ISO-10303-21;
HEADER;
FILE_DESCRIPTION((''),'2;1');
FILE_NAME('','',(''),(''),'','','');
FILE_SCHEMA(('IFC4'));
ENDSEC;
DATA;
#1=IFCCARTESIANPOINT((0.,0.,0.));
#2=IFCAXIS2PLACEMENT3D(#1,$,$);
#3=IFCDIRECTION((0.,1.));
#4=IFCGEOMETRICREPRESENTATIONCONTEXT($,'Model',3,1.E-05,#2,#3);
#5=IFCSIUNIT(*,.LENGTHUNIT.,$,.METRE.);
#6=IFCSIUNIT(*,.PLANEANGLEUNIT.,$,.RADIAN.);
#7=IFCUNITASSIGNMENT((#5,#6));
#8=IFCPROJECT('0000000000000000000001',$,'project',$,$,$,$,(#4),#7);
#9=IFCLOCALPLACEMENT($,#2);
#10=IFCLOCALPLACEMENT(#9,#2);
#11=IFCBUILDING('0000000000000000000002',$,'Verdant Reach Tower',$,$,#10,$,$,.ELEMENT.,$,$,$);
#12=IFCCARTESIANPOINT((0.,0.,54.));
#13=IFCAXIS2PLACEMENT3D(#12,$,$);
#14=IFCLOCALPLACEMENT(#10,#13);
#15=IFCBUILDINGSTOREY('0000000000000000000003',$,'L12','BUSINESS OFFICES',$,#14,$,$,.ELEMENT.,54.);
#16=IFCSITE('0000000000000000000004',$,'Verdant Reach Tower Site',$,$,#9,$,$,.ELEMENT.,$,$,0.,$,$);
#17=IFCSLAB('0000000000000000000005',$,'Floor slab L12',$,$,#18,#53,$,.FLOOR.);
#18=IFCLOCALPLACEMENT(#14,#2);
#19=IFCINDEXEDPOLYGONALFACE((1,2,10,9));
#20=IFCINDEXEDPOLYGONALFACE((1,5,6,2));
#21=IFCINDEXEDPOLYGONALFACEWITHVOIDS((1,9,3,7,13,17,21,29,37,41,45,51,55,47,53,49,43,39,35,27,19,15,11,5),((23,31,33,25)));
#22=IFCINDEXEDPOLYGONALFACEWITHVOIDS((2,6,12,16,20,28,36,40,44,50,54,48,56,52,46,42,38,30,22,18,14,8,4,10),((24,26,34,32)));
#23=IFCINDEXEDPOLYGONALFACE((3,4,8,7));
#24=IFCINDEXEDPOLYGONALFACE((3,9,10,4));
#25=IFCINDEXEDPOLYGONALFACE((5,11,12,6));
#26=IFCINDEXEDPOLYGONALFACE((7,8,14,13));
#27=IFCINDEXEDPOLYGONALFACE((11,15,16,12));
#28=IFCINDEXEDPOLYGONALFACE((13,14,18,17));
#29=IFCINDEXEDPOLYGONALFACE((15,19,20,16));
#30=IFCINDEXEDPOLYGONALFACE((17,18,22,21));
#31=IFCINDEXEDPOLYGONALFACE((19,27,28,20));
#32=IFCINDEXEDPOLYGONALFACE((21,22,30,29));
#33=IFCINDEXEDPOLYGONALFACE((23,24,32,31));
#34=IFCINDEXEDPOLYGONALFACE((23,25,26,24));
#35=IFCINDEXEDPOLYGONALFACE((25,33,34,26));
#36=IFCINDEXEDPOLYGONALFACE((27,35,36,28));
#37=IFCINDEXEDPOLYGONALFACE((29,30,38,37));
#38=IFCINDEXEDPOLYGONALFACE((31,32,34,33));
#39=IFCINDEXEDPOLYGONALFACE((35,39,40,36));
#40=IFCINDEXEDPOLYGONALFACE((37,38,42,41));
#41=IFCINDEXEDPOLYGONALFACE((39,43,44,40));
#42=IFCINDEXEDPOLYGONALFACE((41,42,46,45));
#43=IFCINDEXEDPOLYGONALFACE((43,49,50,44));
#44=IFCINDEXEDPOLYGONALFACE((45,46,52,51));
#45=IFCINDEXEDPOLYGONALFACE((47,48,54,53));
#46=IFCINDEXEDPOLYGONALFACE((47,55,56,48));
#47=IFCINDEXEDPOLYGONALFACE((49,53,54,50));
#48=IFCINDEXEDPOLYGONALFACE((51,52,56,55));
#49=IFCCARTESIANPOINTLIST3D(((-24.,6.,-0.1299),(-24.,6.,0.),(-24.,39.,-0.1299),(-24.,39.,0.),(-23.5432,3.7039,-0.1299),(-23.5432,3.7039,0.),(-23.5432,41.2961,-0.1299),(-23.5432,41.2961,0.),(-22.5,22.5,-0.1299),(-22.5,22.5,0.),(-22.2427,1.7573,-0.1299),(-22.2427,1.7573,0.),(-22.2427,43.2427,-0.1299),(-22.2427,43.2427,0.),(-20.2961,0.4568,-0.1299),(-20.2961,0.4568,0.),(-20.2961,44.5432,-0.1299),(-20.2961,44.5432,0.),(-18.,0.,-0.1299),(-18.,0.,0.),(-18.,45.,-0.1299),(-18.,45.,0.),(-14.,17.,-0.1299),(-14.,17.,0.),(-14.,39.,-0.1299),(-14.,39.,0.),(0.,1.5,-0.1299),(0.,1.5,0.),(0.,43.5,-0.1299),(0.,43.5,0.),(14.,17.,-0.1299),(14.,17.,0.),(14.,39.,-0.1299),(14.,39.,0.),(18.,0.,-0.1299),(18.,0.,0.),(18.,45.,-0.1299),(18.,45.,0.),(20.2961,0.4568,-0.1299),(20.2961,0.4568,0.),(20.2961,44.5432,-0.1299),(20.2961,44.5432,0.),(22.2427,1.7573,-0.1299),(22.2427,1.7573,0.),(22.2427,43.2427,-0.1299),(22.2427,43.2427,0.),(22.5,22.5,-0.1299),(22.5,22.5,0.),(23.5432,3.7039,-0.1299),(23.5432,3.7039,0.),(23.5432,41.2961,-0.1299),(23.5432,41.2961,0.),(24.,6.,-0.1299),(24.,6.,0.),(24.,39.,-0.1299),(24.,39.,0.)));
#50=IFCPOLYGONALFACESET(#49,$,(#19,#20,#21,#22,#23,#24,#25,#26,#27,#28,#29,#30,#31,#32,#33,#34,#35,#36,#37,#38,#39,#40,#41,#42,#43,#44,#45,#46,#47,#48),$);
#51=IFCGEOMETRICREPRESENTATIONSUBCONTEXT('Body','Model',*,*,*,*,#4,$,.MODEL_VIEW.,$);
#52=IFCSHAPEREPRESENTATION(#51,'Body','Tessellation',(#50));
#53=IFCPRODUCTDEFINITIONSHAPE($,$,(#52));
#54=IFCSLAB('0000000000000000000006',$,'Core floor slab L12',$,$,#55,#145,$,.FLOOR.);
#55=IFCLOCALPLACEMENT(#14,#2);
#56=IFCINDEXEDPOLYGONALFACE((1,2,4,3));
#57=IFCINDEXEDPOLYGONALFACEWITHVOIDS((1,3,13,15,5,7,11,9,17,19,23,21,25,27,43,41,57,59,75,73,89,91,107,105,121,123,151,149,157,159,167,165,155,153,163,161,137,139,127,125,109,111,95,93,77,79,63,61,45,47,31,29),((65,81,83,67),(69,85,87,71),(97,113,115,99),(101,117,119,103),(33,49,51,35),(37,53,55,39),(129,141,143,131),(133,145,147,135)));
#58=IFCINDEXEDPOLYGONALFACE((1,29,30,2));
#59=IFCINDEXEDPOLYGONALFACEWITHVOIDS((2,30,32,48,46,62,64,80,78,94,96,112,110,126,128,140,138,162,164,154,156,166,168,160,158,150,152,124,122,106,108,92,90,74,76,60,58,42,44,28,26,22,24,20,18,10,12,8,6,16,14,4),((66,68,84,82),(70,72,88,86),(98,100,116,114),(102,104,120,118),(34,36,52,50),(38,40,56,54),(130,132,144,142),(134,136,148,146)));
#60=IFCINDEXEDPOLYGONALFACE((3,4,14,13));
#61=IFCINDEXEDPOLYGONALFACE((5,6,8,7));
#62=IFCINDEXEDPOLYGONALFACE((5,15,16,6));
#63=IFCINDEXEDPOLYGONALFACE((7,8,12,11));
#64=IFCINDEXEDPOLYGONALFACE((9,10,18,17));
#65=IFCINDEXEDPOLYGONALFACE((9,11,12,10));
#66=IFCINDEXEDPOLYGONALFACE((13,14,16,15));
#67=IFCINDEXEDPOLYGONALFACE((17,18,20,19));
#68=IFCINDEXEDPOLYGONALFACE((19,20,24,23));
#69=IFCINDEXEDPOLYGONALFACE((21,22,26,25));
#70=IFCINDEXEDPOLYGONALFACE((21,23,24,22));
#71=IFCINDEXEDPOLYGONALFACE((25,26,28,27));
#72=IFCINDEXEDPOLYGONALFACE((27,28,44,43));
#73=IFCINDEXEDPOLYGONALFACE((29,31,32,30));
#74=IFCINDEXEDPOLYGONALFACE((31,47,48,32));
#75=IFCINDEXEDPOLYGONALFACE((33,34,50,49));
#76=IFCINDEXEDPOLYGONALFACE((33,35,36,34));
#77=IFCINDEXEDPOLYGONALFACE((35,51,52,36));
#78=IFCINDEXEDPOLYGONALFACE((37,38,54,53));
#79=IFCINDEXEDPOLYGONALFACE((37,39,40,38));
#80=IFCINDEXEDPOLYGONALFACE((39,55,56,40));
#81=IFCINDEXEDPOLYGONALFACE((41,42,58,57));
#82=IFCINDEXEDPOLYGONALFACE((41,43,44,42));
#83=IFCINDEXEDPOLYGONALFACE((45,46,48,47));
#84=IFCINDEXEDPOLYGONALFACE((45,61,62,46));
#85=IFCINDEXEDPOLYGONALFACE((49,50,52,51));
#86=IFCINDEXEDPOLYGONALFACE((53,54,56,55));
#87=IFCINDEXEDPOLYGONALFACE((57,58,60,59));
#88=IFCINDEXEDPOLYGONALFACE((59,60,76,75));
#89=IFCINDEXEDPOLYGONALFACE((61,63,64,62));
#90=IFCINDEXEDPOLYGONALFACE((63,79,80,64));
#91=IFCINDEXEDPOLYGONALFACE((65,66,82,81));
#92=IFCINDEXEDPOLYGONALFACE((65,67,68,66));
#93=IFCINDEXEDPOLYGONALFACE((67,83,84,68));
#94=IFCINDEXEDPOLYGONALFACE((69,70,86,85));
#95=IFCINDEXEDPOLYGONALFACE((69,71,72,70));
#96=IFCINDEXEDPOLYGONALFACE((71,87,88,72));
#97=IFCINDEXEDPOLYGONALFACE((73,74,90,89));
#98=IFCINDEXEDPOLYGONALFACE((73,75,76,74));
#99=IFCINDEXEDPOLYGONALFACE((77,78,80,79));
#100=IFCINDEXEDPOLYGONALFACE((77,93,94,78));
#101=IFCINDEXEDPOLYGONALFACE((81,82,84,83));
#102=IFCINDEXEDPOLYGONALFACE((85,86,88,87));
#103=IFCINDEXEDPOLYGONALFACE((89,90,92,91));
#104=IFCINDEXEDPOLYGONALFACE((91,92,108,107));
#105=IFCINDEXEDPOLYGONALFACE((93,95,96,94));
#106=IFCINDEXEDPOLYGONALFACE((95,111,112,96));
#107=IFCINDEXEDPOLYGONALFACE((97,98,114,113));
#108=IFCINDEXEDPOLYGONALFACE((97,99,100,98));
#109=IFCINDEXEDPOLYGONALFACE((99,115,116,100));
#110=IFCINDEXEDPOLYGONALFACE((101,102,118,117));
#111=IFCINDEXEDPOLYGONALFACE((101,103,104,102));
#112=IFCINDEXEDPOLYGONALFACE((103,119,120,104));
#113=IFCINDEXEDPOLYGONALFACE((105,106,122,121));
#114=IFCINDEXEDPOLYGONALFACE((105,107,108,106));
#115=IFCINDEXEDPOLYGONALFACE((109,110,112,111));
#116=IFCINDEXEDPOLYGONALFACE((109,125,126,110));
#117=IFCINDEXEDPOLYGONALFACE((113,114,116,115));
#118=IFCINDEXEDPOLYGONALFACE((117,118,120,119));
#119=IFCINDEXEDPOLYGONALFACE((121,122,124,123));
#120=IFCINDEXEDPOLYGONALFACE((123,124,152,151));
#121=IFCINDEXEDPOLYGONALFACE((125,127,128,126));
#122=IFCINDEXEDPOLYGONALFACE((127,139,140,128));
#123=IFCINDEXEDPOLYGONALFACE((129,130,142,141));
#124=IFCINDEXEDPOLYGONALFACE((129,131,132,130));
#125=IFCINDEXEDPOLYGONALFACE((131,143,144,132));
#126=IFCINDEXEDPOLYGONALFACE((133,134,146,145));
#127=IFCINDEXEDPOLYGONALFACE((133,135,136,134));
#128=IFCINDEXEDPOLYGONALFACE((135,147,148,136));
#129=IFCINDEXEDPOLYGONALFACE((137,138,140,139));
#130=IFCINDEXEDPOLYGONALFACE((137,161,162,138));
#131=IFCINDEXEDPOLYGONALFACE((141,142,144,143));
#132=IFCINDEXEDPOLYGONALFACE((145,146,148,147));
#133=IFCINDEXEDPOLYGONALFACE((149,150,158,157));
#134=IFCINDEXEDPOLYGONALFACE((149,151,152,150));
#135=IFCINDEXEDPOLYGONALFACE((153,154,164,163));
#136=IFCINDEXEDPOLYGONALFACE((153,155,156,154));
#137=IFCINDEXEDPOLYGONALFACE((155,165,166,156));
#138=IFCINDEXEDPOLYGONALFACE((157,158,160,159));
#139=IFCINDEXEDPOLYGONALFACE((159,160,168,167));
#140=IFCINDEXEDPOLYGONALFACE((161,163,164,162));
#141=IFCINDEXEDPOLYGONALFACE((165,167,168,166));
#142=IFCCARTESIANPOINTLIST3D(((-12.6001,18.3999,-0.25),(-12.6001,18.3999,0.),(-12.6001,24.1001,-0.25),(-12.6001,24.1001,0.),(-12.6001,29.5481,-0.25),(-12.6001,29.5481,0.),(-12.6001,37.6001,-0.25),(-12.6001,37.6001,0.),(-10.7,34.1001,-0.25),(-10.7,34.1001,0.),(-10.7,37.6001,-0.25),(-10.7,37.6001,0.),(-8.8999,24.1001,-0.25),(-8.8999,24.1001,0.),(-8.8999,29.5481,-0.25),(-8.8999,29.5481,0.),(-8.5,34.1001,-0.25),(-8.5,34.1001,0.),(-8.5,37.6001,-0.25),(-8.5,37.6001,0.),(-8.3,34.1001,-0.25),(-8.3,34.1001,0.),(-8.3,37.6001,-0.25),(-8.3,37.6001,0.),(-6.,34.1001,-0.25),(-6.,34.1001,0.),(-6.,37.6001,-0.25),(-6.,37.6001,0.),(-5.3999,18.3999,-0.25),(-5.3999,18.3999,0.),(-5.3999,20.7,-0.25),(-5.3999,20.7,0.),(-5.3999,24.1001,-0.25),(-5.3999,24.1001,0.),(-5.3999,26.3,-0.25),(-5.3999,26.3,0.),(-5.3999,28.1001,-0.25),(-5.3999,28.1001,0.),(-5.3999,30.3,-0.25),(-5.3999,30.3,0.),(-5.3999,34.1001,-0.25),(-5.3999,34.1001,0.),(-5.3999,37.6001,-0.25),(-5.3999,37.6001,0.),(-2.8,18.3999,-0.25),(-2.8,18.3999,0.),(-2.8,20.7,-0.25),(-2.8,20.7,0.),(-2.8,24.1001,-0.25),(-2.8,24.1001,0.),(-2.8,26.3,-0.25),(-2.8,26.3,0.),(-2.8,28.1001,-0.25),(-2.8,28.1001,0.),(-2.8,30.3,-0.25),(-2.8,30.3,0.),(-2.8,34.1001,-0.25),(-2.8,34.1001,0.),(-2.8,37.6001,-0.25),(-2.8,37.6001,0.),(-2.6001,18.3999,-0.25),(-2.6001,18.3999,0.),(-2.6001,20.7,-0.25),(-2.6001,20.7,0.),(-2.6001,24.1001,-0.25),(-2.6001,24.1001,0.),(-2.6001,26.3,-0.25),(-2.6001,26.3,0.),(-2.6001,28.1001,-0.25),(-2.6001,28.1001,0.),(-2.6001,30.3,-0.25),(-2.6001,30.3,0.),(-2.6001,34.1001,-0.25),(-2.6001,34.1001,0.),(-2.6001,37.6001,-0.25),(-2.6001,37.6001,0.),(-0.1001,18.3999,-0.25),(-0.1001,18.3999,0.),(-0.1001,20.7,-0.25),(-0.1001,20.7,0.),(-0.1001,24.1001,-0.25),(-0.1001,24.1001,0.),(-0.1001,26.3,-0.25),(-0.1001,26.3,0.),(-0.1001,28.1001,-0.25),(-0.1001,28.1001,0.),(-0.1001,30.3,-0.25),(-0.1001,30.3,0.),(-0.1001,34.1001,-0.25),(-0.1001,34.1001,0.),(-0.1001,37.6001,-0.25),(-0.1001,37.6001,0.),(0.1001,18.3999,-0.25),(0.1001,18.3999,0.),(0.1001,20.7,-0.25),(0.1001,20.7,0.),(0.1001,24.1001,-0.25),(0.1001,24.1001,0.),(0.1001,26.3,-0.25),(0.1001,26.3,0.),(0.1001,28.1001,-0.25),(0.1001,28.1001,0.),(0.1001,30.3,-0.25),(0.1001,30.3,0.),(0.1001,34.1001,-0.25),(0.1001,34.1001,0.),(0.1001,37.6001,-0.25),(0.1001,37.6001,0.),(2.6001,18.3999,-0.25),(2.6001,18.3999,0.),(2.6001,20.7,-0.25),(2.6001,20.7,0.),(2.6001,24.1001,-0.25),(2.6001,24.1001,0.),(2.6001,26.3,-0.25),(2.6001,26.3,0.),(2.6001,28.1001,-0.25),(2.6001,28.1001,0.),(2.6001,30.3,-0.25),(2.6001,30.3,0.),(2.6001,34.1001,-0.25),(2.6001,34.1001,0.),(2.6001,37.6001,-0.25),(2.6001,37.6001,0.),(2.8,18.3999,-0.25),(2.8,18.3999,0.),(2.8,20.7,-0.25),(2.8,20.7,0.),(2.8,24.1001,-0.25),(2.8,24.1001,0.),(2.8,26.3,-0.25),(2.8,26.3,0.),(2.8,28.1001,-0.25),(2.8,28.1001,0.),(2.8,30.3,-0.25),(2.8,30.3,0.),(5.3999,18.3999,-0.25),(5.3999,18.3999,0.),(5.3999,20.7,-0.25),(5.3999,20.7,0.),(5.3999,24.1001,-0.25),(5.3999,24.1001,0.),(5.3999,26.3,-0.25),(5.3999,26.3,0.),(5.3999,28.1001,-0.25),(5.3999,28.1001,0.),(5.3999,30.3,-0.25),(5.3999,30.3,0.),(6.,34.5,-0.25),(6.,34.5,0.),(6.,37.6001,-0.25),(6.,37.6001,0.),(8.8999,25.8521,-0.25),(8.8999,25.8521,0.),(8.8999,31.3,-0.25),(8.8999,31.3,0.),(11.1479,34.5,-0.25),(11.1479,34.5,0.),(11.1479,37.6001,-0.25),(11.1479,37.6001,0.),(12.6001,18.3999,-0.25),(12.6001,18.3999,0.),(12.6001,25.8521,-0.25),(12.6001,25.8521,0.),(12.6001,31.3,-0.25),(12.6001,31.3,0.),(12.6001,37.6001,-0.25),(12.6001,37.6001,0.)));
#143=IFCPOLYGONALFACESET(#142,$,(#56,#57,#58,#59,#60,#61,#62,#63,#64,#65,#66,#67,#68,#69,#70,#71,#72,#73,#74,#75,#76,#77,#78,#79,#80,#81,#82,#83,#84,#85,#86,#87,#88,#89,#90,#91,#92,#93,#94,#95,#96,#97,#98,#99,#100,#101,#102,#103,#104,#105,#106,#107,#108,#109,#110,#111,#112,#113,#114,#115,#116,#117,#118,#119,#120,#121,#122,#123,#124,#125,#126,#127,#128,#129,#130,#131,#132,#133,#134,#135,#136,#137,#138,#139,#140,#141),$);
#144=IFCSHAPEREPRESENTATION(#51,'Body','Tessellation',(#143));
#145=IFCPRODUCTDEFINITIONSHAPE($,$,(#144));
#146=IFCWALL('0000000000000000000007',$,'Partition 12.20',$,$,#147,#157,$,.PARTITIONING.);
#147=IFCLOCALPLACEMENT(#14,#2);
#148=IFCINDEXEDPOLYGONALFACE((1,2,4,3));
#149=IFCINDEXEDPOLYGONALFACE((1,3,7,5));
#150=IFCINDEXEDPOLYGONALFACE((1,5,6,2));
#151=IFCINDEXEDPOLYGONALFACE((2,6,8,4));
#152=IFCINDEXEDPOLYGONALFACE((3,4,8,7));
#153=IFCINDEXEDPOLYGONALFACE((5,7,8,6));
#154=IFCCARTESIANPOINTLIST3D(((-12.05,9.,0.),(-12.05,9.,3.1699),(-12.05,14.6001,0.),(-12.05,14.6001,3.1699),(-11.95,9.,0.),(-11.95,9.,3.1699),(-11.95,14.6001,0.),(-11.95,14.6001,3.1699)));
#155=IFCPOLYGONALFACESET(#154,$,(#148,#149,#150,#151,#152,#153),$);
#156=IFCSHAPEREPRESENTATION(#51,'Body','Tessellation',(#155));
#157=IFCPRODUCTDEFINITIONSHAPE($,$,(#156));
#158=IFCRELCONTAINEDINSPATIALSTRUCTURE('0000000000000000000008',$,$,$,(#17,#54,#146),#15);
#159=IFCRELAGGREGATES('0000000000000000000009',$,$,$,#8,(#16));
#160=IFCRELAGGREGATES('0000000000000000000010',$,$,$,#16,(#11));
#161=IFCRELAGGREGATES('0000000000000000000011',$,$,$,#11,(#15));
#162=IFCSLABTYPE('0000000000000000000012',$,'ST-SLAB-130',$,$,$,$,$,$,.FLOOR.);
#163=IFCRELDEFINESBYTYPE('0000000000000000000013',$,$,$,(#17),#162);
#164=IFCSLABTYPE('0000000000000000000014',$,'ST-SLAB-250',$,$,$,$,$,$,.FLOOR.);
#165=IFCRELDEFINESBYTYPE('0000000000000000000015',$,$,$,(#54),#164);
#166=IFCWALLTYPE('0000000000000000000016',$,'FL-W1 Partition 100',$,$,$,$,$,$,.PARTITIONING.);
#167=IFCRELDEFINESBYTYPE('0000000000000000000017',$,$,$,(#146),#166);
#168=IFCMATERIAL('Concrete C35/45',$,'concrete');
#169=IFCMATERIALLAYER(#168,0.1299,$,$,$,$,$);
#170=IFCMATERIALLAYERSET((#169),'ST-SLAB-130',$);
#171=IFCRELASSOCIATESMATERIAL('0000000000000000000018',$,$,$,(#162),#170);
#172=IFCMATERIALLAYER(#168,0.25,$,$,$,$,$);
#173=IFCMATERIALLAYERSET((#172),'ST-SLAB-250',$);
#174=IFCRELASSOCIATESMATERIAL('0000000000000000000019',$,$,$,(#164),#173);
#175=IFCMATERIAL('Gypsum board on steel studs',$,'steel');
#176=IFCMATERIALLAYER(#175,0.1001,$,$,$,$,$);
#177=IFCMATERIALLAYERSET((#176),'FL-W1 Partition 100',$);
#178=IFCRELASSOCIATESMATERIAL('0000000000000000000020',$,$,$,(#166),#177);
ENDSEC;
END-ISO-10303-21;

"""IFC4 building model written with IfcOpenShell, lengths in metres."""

from ifc_helpers import new_model, si_unit, direction, frame, frame_2d, origin, place, context, subcontext, project, spatial, polyline, rectangle, outline, extrude, material, layer, layer_set, type_object, element, save


model = new_model("IFC4")

# Units and contexts
model_context = context("Model", 3, precision=1e-05, world=origin(), true_north=direction((0.0, 1.0)))
body_context = subcontext(model_context, "Body", "Model", "MODEL_VIEW")
ifc_project = project(units=[si_unit("LENGTHUNIT", "METRE"), si_unit("PLANEANGLEUNIT", "RADIAN")], contexts=[model_context])

# Site, building, storey
site_placement = place(None, origin())
site = spatial("IfcSite", under=ifc_project, at=site_placement, Name="Verdant Reach Tower Site", CompositionType="ELEMENT", RefElevation=0.0)
building_placement = place(site_placement, origin())
building = spatial("IfcBuilding", under=site, at=building_placement, Name="Verdant Reach Tower", CompositionType="ELEMENT")
storey_placement = place(building_placement, frame((0.0, 0.0, 54.0)))
storey = spatial("IfcBuildingStorey", under=building, at=storey_placement, Name="L12", Description="BUSINESS OFFICES", CompositionType="ELEMENT", Elevation=54.0)

# Slabs
ifc_material_1 = material(Name="Concrete C35/45", Category="concrete")
ifc_layer_1 = layer(ifc_material_1, 0.1299)
ifc_layer_set_1 = layer_set([ifc_layer_1], Name="ST-SLAB-130")
slab_type_1 = type_object("IfcSlabType", Name="ST-SLAB-130", PredefinedType="FLOOR", material=ifc_layer_set_1)
slab_1_placement = place(storey_placement, frame((0.0, 0.0, -0.1299)))
element("IfcSlab", 1, at=slab_1_placement, inside=storey, type_object=slab_type_1, Name="Floor slab L12", PredefinedType="FLOOR", context=body_context, shape_type="SweptSolid", body=[
    extrude(outline(polyline([(0.0, 1.5), (-18.0, 0.0), (-20.2961, 0.4568), (-22.2427, 1.7573), (-23.5432, 3.7039), (-24.0, 6.0), (-22.5, 22.5), (-24.0, 39.0), (-23.5432, 41.2961), (-22.2427, 43.2427), (-20.2961, 44.5432), (-18.0, 45.0), (0.0, 43.5), (18.0, 45.0), (20.2961, 44.5432), (22.2427, 43.2427), (23.5432, 41.2961), (24.0, 39.0), (22.5, 22.5), (24.0, 6.0), (23.5432, 3.7039), (22.2427, 1.7573), (20.2961, 0.4568), (18.0, 0.0), (0.0, 1.5)]), holes=[polyline([(14.0, 39.0), (-14.0, 39.0), (-14.0, 17.0), (14.0, 17.0), (14.0, 39.0)])]), origin(), (0.0, 0.0, 1.0), 0.1299),
])
ifc_layer_2 = layer(ifc_material_1, 0.25)
ifc_layer_set_2 = layer_set([ifc_layer_2], Name="ST-SLAB-250")
slab_type_2 = type_object("IfcSlabType", Name="ST-SLAB-250", PredefinedType="FLOOR", material=ifc_layer_set_2)
slab_2_placement = place(storey_placement, frame((0.0, 0.0, -0.25)))
element("IfcSlab", 2, at=slab_2_placement, inside=storey, type_object=slab_type_2, Name="Core floor slab L12", PredefinedType="FLOOR", context=body_context, shape_type="SweptSolid", body=[
    extrude(outline(polyline([(12.6001, 18.3999), (5.3999, 18.3999), (5.3999, 20.7), (2.8, 20.7), (2.8, 18.3999), (2.6001, 18.3999), (2.6001, 20.7), (0.1001, 20.7), (0.1001, 18.3999), (-0.1001, 18.3999), (-0.1001, 20.7), (-2.6001, 20.7), (-2.6001, 18.3999), (-2.8, 18.3999), (-2.8, 20.7), (-5.3999, 20.7), (-5.3999, 18.3999), (-12.6001, 18.3999), (-12.6001, 24.1001), (-8.8999, 24.1001), (-8.8999, 29.5481), (-12.6001, 29.5481), (-12.6001, 37.6001), (-10.7, 37.6001), (-10.7, 34.1001), (-8.5, 34.1001), (-8.5, 37.6001), (-8.3, 37.6001), (-8.3, 34.1001), (-6.0, 34.1001), (-6.0, 37.6001), (-5.3999, 37.6001), (-5.3999, 34.1001), (-2.8, 34.1001), (-2.8, 37.6001), (-2.6001, 37.6001), (-2.6001, 34.1001), (-0.1001, 34.1001), (-0.1001, 37.6001), (0.1001, 37.6001), (0.1001, 34.1001), (2.6001, 34.1001), (2.6001, 37.6001), (6.0, 37.6001), (6.0, 34.5), (11.1479, 34.5), (11.1479, 37.6001), (12.6001, 37.6001), (12.6001, 31.3), (8.8999, 31.3), (8.8999, 25.8521), (12.6001, 25.8521), (12.6001, 18.3999)]), holes=[polyline([(-2.8, 24.1001), (-2.8, 26.3), (-5.3999, 26.3), (-5.3999, 24.1001), (-2.8, 24.1001)]), polyline([(-2.6001, 24.1001), (-0.1001, 24.1001), (-0.1001, 26.3), (-2.6001, 26.3), (-2.6001, 24.1001)]), polyline([(-2.8, 28.1001), (-2.8, 30.3), (-5.3999, 30.3), (-5.3999, 28.1001), (-2.8, 28.1001)]), polyline([(-0.1001, 28.1001), (-0.1001, 30.3), (-2.6001, 30.3), (-2.6001, 28.1001), (-0.1001, 28.1001)]), polyline([(2.6001, 24.1001), (2.6001, 26.3), (0.1001, 26.3), (0.1001, 24.1001), (2.6001, 24.1001)]), polyline([(2.8, 24.1001), (5.3999, 24.1001), (5.3999, 26.3), (2.8, 26.3), (2.8, 24.1001)]), polyline([(2.6001, 28.1001), (2.6001, 30.3), (0.1001, 30.3), (0.1001, 28.1001), (2.6001, 28.1001)]), polyline([(5.3999, 28.1001), (5.3999, 30.3), (2.8, 30.3), (2.8, 28.1001), (5.3999, 28.1001)])]), origin(), (0.0, 0.0, 1.0), 0.25),
])

# Wall
ifc_material_2 = material(Name="Gypsum board on steel studs", Category="steel")
ifc_layer_3 = layer(ifc_material_2, 0.1001)
ifc_layer_set_3 = layer_set([ifc_layer_3], Name="FL-W1 Partition 100")
wall_type = type_object("IfcWallType", Name="FL-W1 Partition 100", PredefinedType="PARTITIONING", material=ifc_layer_set_3)
wall_1_placement = place(storey_placement, frame((-12.0, 9.0, 0.0), z_axis=(0.0, 0.0, 1.0), x_axis=(0.0, 1.0, 0.0)))
element("IfcWall", 3, at=wall_1_placement, inside=storey, type_object=wall_type, Name="Partition 12.20", PredefinedType="PARTITIONING", context=body_context, shape_type="SweptSolid", body=[
    extrude(rectangle(XDim=5.6001, YDim=0.1001, at=frame_2d((2.8, 0.0))), origin(), (0.0, 0.0, 1.0), 3.1699),
])

save(model, "model.ifc")
